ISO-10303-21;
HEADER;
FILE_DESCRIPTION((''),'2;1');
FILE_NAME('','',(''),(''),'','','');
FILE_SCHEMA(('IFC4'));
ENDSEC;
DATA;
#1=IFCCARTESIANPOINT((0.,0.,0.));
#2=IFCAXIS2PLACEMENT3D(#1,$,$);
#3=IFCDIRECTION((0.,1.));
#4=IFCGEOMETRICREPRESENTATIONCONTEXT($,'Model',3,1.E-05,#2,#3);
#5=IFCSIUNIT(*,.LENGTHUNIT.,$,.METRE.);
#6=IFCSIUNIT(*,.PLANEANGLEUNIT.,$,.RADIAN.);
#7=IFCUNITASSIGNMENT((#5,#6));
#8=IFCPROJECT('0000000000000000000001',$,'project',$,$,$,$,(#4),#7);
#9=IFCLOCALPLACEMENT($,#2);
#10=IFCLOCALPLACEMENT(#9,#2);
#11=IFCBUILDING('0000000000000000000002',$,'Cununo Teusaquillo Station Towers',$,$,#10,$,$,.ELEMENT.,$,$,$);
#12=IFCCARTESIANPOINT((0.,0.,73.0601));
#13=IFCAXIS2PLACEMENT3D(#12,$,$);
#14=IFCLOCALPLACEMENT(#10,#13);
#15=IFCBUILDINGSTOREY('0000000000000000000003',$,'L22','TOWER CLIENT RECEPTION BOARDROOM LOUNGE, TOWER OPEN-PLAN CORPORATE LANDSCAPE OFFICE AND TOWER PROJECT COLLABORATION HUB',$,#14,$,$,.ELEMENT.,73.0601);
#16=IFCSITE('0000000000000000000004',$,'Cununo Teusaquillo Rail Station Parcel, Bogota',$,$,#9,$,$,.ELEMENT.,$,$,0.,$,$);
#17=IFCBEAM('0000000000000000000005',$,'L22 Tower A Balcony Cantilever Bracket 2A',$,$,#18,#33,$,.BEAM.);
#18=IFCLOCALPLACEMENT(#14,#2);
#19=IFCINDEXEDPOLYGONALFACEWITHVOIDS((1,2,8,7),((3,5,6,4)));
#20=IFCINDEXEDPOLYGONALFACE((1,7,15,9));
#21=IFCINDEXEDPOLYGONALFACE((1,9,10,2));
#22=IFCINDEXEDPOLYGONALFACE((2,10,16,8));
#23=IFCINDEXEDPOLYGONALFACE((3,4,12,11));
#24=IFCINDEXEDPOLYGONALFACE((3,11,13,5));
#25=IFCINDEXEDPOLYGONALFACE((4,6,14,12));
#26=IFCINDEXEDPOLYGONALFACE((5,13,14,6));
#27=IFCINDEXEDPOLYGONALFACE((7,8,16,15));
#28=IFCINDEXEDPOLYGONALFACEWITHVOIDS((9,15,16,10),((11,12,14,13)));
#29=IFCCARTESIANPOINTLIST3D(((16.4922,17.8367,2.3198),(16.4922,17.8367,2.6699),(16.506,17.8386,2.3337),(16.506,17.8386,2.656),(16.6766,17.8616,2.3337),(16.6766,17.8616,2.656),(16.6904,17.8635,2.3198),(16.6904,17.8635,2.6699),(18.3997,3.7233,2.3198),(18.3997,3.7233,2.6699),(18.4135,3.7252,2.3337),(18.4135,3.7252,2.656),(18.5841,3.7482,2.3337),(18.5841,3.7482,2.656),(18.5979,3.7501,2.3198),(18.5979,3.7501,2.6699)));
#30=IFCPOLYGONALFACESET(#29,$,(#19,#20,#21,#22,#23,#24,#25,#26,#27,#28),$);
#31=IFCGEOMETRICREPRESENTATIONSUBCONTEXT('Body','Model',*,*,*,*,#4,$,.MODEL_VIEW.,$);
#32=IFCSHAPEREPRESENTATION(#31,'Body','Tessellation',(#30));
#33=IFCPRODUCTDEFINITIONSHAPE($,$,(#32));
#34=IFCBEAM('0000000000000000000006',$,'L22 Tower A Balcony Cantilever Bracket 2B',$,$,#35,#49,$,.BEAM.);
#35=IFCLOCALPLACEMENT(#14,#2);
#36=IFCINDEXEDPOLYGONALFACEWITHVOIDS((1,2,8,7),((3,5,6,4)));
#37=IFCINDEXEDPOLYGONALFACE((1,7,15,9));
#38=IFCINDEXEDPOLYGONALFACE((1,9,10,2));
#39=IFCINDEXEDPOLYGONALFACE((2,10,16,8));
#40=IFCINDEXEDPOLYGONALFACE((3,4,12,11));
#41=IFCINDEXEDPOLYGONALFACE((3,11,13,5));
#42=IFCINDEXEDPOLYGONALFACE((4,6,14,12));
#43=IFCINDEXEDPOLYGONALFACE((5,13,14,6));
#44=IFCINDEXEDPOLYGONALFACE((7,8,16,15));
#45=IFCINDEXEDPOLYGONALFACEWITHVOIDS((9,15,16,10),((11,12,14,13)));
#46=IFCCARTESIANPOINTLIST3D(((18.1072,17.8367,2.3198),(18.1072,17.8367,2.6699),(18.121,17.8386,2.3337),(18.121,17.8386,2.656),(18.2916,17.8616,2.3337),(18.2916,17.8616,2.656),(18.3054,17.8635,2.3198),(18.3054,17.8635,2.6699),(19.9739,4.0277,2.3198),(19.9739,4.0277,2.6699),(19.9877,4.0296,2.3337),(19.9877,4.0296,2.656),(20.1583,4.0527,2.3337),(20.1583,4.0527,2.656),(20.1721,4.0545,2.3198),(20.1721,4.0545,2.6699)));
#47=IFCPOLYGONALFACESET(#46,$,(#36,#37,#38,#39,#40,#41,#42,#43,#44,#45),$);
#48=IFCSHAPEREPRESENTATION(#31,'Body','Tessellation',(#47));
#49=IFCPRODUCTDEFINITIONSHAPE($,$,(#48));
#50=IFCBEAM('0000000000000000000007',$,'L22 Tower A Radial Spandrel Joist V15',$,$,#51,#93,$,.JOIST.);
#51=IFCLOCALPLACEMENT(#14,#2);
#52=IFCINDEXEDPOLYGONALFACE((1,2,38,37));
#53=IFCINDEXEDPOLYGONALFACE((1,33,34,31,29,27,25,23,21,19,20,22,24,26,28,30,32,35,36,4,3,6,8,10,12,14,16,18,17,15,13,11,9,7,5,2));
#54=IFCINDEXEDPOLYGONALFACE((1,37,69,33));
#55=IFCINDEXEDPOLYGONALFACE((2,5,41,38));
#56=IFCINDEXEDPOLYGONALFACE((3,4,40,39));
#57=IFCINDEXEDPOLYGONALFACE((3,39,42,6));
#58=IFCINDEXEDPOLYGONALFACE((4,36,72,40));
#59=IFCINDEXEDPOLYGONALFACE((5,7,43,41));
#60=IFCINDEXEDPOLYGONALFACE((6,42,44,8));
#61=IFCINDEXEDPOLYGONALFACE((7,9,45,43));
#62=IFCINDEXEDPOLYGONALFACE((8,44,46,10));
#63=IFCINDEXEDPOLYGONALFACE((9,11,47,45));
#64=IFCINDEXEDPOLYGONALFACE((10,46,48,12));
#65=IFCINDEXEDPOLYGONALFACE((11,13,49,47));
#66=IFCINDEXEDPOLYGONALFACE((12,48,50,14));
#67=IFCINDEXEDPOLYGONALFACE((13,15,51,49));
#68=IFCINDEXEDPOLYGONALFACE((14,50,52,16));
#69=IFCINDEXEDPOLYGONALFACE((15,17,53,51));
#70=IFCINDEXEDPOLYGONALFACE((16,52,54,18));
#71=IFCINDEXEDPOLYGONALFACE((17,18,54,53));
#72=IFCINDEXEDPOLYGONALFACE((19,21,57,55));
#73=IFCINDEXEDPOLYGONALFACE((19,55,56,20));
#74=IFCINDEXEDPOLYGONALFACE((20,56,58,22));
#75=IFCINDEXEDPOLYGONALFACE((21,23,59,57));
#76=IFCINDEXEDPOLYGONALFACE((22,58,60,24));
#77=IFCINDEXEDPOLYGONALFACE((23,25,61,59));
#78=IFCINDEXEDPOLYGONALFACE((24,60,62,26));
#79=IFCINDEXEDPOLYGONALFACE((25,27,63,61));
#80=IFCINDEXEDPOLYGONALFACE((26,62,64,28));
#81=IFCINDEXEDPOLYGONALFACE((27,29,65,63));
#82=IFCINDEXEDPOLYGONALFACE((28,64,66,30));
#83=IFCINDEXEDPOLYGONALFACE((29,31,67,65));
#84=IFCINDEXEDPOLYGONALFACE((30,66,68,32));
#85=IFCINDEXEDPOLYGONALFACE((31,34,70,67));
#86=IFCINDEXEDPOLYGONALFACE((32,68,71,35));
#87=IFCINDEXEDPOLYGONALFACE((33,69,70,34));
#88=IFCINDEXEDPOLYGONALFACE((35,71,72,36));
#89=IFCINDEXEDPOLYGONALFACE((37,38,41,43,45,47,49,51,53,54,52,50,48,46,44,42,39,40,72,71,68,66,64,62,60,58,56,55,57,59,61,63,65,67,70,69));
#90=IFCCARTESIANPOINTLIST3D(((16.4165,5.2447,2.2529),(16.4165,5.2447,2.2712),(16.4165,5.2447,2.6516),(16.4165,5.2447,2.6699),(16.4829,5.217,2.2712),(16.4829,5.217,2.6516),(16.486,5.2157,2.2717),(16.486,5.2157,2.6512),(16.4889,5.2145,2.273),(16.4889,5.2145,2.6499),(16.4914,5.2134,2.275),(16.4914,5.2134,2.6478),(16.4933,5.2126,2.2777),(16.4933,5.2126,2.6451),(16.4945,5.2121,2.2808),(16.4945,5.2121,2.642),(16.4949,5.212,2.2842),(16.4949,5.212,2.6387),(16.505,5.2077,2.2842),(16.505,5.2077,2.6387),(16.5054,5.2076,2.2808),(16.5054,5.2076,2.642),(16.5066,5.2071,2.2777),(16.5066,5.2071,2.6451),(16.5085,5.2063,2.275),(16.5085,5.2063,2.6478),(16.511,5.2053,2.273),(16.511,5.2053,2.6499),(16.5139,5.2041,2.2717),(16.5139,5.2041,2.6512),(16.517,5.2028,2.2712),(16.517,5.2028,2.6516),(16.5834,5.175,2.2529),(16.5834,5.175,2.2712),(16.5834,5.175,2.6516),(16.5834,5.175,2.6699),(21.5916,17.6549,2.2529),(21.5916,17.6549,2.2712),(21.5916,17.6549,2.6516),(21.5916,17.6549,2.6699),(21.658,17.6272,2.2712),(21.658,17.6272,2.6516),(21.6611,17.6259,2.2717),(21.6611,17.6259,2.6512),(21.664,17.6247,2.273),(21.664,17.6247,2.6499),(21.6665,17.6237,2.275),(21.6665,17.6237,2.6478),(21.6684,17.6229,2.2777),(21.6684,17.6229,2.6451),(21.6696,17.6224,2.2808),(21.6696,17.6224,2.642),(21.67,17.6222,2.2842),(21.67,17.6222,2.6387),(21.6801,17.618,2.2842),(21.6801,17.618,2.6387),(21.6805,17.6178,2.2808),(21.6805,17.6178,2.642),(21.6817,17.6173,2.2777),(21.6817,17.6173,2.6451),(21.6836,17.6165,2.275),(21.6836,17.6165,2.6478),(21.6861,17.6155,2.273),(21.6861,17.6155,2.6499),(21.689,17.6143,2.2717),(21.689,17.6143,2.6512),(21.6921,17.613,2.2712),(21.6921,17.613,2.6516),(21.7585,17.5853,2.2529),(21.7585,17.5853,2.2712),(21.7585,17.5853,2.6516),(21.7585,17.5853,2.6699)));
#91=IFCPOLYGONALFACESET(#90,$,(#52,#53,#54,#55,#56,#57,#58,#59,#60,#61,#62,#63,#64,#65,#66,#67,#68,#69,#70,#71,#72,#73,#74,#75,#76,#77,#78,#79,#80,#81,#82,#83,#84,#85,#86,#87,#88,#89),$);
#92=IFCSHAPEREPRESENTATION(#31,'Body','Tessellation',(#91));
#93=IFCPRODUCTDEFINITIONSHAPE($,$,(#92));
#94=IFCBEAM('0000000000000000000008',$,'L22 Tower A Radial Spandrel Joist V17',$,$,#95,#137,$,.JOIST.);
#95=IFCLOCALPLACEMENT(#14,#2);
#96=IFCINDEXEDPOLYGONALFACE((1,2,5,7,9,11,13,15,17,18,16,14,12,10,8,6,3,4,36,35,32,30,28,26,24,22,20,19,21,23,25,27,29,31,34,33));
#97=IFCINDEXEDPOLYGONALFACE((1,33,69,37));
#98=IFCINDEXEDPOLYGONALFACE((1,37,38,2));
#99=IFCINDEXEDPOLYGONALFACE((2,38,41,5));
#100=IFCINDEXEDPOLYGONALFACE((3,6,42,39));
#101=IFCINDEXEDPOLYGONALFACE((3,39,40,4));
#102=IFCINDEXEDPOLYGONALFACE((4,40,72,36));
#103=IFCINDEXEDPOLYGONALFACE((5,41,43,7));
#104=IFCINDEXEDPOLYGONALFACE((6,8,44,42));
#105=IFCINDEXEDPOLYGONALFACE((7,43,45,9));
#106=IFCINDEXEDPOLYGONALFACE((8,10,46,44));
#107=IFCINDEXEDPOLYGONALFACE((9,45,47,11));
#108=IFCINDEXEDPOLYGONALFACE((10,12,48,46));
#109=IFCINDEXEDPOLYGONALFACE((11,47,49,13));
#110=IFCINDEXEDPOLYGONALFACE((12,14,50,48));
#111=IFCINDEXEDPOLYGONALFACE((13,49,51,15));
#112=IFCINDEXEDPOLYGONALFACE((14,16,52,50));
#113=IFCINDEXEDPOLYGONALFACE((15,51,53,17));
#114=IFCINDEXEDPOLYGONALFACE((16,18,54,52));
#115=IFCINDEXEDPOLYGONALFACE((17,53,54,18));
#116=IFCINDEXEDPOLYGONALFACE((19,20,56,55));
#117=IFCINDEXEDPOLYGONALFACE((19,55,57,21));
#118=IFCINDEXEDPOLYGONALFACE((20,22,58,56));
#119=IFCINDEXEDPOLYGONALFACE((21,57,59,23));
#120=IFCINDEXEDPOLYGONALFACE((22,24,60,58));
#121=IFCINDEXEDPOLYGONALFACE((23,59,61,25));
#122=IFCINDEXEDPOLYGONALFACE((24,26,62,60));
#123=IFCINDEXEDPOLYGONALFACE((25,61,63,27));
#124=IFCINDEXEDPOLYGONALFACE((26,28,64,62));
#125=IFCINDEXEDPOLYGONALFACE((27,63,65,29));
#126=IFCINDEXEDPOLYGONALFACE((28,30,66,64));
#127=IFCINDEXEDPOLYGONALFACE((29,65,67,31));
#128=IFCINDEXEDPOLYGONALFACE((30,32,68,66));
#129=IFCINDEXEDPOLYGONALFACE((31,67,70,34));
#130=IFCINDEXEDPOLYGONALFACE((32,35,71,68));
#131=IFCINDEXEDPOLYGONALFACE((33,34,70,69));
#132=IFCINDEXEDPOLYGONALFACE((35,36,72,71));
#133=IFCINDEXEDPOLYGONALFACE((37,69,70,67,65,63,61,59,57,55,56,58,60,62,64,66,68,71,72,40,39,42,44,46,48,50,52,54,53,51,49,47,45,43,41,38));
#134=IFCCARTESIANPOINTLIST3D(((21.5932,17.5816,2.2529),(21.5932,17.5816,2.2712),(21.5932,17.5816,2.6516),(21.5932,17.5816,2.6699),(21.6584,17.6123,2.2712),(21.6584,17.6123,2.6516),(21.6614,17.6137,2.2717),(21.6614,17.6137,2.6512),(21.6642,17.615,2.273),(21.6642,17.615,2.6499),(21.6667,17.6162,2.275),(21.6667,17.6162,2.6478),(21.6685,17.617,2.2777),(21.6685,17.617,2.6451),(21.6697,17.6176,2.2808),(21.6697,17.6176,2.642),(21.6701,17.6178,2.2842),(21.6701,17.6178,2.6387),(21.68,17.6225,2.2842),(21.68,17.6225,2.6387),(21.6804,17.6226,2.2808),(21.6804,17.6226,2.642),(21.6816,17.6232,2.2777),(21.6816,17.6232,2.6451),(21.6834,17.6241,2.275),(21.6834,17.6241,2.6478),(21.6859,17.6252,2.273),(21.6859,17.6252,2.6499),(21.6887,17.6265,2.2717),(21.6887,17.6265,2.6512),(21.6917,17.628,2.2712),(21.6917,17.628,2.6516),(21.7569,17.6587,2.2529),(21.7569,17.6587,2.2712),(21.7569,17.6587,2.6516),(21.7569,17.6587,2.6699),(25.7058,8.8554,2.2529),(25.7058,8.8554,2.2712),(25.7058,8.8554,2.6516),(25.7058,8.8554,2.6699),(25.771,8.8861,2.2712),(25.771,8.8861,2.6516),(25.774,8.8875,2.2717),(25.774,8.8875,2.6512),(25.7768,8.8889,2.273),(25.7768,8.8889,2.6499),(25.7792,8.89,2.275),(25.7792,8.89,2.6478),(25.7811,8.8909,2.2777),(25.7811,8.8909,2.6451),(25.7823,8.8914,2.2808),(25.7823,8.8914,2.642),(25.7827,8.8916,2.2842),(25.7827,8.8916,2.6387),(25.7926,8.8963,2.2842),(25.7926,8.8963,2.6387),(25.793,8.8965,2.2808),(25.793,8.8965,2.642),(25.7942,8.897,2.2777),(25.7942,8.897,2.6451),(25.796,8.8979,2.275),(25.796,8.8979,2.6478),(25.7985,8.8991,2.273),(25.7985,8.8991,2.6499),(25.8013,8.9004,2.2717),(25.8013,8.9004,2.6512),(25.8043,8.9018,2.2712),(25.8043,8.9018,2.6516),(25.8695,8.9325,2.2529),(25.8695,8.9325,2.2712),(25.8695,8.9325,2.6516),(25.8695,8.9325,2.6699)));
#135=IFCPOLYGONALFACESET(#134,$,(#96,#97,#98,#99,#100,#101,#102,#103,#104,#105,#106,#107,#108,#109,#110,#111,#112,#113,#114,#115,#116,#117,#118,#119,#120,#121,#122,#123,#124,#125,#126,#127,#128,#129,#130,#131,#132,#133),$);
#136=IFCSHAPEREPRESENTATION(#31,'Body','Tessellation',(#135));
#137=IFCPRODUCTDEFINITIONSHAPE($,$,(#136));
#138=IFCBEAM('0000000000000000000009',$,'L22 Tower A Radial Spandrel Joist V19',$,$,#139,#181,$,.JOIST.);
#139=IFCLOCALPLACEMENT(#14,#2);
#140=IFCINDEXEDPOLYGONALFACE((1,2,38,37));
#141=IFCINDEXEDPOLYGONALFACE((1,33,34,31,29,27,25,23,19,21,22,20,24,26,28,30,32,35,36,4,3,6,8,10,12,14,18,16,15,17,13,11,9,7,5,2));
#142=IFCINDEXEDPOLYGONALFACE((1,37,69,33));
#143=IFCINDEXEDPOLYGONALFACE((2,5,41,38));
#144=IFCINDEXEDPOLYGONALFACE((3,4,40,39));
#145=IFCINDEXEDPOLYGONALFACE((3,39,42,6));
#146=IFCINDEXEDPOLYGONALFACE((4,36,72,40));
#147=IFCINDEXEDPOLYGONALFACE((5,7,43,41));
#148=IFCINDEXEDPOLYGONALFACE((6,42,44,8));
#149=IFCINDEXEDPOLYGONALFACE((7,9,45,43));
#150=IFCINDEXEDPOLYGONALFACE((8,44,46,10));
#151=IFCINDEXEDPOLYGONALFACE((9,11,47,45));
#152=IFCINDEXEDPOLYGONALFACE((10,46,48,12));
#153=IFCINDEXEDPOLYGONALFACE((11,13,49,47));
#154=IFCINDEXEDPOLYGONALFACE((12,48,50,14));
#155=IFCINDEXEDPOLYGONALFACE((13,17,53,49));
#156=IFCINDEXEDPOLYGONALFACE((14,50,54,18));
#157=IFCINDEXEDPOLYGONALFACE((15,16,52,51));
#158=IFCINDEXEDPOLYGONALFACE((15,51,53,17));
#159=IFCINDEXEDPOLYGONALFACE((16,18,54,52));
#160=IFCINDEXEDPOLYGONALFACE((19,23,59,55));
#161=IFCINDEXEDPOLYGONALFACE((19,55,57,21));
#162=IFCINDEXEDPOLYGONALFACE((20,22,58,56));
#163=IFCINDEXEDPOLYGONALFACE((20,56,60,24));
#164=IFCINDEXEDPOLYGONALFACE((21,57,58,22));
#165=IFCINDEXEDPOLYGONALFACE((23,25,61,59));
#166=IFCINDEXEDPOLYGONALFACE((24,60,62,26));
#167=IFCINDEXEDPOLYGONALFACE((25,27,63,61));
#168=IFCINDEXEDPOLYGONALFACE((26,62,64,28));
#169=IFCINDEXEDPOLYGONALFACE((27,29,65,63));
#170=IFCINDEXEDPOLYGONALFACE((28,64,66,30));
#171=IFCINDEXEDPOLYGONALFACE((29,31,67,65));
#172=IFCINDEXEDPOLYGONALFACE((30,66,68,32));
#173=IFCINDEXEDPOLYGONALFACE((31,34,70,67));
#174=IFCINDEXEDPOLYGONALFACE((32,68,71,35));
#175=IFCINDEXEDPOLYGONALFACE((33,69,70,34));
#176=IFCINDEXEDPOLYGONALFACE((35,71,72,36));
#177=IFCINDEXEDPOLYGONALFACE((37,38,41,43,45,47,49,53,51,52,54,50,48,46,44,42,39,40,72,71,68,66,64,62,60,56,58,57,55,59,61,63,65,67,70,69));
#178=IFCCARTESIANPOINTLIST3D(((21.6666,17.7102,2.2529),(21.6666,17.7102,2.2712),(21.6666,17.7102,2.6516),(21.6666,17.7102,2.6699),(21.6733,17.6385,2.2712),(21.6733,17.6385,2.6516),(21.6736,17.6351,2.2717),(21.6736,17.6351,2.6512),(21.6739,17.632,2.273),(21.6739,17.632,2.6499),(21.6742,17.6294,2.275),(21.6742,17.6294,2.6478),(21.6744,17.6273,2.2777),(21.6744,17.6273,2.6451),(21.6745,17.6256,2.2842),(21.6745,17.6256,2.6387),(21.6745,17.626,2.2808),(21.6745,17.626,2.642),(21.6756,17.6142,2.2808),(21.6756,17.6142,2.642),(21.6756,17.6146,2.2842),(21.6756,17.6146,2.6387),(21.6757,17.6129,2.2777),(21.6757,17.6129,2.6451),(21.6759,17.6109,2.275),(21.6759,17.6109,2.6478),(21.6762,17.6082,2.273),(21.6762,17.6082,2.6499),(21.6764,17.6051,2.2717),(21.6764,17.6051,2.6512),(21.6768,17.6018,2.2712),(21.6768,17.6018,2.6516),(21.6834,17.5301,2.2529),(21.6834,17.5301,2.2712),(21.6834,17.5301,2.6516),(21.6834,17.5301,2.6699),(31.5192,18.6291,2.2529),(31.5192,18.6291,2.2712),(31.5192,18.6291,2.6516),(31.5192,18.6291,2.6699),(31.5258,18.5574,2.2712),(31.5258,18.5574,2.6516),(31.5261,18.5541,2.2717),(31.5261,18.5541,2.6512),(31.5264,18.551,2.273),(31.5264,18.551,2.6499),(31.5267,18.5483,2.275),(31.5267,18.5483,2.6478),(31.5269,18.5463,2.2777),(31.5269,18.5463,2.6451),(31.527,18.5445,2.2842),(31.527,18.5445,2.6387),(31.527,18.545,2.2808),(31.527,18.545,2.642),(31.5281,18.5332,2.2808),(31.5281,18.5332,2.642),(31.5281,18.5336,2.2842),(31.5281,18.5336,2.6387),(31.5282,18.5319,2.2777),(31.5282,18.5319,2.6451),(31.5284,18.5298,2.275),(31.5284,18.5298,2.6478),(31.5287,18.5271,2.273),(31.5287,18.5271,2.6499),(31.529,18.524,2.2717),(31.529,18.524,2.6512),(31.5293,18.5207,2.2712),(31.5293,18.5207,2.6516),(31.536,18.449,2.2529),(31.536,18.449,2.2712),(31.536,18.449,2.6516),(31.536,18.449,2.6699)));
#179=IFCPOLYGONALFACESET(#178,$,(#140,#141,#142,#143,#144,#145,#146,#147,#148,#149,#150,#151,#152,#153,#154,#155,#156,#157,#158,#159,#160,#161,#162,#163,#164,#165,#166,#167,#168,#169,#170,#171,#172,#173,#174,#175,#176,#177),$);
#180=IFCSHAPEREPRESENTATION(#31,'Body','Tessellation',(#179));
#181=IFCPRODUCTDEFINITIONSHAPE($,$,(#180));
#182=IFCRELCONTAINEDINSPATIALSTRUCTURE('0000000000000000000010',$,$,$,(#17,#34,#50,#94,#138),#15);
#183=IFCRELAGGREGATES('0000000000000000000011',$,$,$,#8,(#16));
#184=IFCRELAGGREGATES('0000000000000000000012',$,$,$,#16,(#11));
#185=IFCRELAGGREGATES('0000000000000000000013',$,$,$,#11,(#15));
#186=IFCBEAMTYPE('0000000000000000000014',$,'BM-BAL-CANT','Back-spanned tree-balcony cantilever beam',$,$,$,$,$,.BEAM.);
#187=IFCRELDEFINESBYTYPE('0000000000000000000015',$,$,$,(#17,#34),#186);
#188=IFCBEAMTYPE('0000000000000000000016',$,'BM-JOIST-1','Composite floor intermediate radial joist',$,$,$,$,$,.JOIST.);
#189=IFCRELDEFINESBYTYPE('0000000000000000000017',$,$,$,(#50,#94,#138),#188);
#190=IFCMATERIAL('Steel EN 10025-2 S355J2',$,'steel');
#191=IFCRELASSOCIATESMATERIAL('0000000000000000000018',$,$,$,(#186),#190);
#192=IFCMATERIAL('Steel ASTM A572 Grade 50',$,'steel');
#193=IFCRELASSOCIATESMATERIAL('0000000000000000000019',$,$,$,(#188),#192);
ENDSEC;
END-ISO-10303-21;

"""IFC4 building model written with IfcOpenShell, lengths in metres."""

from ifc_helpers import new_model, si_unit, direction, frame, origin, origin_2d, place, context, subcontext, project, spatial, hollow_rectangle, i_section, extrude, material, material_profile, profile_set, type_object, element, save


model = new_model("IFC4")

# Units and contexts
model_context = context("Model", 3, precision=1e-05, world=origin(), true_north=direction((0.0, 1.0)))
body_context = subcontext(model_context, "Body", "Model", "MODEL_VIEW")
ifc_project = project(units=[si_unit("LENGTHUNIT", "METRE"), si_unit("PLANEANGLEUNIT", "RADIAN")], contexts=[model_context])

# Site, building, storey
site_placement = place(None, origin())
site = spatial("IfcSite", under=ifc_project, at=site_placement, Name="Cununo Teusaquillo Rail Station Parcel, Bogota", CompositionType="ELEMENT", RefElevation=0.0)
building_placement = place(site_placement, origin())
building = spatial("IfcBuilding", under=site, at=building_placement, Name="Cununo Teusaquillo Station Towers", CompositionType="ELEMENT")
storey_placement = place(building_placement, frame((0.0, 0.0, 73.0601)))
storey = spatial("IfcBuildingStorey", under=building, at=storey_placement, Name="L22", Description="TOWER CLIENT RECEPTION BOARDROOM LOUNGE, TOWER OPEN-PLAN CORPORATE LANDSCAPE OFFICE AND TOWER PROJECT COLLABORATION HUB", CompositionType="ELEMENT", Elevation=73.0601)

# Beams
ifc_material_1 = material(Name="Steel EN 10025-2 S355J2", Category="steel")
ifc_material_profile_1 = material_profile(ifc_material_1, hollow_rectangle(XDim=0.2, YDim=0.3501, WallThickness=0.0139, at=origin_2d()), Name="RHS 350x200x14")
ifc_profile_set_1 = profile_set([ifc_material_profile_1], Name="Steel EN 10025-2 S355J2")
beam_type_1 = type_object("IfcBeamType", Name="BM-BAL-CANT", Description="Back-spanned tree-balcony cantilever beam", PredefinedType="BEAM", material=ifc_profile_set_1)
beam_1_placement = place(storey_placement, frame((16.5913, 17.8501, 2.4949), z_axis=(0.133937, -0.99099, 0.0), x_axis=(0.99099, 0.133937, 0.0)))
element("IfcBeam", 1, at=beam_1_placement, inside=storey, type_object=beam_type_1, Name="L22 Tower A Balcony Cantilever Bracket 2A", PredefinedType="BEAM", context=body_context, shape_type="SweptSolid", body=[
    extrude(hollow_rectangle(XDim=0.2, YDim=0.3501, WallThickness=0.0139, at=origin_2d()), origin(), (0.0, 0.0, 1.0), 14.2417),
])
beam_2_placement = place(storey_placement, frame((18.2063, 17.8501, 2.4949), z_axis=(0.133961, -0.990987, 0.0), x_axis=(0.990987, 0.133961, 0.0)))
element("IfcBeam", 2, at=beam_2_placement, inside=storey, type_object=beam_type_1, Name="L22 Tower A Balcony Cantilever Bracket 2B", PredefinedType="BEAM", context=body_context, shape_type="SweptSolid", body=[
    extrude(hollow_rectangle(XDim=0.2, YDim=0.3501, WallThickness=0.0139, at=origin_2d()), origin(), (0.0, 0.0, 1.0), 13.9346),
])
ifc_material_2 = material(Name="Steel ASTM A572 Grade 50", Category="steel")
ifc_material_profile_2 = material_profile(ifc_material_2, i_section(OverallWidth=0.1809, OverallDepth=0.417, WebThickness=0.011, FlangeThickness=0.0183, FilletRadius=0.0129, at=origin_2d()), Name="W16X57")
ifc_profile_set_2 = profile_set([ifc_material_profile_2], Name="Steel ASTM A572 Grade 50")
beam_type_2 = type_object("IfcBeamType", Name="BM-JOIST-1", Description="Composite floor intermediate radial joist", PredefinedType="JOIST", material=ifc_profile_set_2)
beam_3_placement = place(storey_placement, frame((21.675, 17.6201, 2.4614), z_axis=(-0.384878, -0.922967, 0.0), x_axis=(0.922967, -0.384878, 0.0)))
element("IfcBeam", 3, at=beam_3_placement, inside=storey, type_object=beam_type_2, Name="L22 Tower A Radial Spandrel Joist V15", PredefinedType="JOIST", context=body_context, shape_type="SweptSolid", body=[
    extrude(i_section(OverallWidth=0.1809, OverallDepth=0.417, WebThickness=0.011, FlangeThickness=0.0183, FilletRadius=0.0129, at=origin_2d()), origin(), (0.0, 0.0, 1.0), 13.446),
])
beam_4_placement = place(storey_placement, frame((21.675, 17.6201, 2.4614), z_axis=(0.42632, -0.904572, 0.0), x_axis=(0.904572, 0.42632, 0.0)))
element("IfcBeam", 4, at=beam_4_placement, inside=storey, type_object=beam_type_2, Name="L22 Tower A Radial Spandrel Joist V17", PredefinedType="JOIST", context=body_context, shape_type="SweptSolid", body=[
    extrude(i_section(OverallWidth=0.1809, OverallDepth=0.417, WebThickness=0.011, FlangeThickness=0.0183, FilletRadius=0.0129, at=origin_2d()), origin(), (0.0, 0.0, 1.0), 9.6467),
])
beam_5_placement = place(storey_placement, frame((21.675, 17.6201, 2.4614), z_axis=(0.995679, 0.092867, 0.0), x_axis=(-0.092867, 0.995679, 0.0)))
element("IfcBeam", 5, at=beam_5_placement, inside=storey, type_object=beam_type_2, Name="L22 Tower A Radial Spandrel Joist V19", PredefinedType="JOIST", context=body_context, shape_type="SweptSolid", body=[
    extrude(i_section(OverallWidth=0.1809, OverallDepth=0.417, WebThickness=0.011, FlangeThickness=0.0183, FilletRadius=0.0129, at=origin_2d()), origin(), (0.0, 0.0, 1.0), 9.8953),
])

save(model, "model.ifc")
